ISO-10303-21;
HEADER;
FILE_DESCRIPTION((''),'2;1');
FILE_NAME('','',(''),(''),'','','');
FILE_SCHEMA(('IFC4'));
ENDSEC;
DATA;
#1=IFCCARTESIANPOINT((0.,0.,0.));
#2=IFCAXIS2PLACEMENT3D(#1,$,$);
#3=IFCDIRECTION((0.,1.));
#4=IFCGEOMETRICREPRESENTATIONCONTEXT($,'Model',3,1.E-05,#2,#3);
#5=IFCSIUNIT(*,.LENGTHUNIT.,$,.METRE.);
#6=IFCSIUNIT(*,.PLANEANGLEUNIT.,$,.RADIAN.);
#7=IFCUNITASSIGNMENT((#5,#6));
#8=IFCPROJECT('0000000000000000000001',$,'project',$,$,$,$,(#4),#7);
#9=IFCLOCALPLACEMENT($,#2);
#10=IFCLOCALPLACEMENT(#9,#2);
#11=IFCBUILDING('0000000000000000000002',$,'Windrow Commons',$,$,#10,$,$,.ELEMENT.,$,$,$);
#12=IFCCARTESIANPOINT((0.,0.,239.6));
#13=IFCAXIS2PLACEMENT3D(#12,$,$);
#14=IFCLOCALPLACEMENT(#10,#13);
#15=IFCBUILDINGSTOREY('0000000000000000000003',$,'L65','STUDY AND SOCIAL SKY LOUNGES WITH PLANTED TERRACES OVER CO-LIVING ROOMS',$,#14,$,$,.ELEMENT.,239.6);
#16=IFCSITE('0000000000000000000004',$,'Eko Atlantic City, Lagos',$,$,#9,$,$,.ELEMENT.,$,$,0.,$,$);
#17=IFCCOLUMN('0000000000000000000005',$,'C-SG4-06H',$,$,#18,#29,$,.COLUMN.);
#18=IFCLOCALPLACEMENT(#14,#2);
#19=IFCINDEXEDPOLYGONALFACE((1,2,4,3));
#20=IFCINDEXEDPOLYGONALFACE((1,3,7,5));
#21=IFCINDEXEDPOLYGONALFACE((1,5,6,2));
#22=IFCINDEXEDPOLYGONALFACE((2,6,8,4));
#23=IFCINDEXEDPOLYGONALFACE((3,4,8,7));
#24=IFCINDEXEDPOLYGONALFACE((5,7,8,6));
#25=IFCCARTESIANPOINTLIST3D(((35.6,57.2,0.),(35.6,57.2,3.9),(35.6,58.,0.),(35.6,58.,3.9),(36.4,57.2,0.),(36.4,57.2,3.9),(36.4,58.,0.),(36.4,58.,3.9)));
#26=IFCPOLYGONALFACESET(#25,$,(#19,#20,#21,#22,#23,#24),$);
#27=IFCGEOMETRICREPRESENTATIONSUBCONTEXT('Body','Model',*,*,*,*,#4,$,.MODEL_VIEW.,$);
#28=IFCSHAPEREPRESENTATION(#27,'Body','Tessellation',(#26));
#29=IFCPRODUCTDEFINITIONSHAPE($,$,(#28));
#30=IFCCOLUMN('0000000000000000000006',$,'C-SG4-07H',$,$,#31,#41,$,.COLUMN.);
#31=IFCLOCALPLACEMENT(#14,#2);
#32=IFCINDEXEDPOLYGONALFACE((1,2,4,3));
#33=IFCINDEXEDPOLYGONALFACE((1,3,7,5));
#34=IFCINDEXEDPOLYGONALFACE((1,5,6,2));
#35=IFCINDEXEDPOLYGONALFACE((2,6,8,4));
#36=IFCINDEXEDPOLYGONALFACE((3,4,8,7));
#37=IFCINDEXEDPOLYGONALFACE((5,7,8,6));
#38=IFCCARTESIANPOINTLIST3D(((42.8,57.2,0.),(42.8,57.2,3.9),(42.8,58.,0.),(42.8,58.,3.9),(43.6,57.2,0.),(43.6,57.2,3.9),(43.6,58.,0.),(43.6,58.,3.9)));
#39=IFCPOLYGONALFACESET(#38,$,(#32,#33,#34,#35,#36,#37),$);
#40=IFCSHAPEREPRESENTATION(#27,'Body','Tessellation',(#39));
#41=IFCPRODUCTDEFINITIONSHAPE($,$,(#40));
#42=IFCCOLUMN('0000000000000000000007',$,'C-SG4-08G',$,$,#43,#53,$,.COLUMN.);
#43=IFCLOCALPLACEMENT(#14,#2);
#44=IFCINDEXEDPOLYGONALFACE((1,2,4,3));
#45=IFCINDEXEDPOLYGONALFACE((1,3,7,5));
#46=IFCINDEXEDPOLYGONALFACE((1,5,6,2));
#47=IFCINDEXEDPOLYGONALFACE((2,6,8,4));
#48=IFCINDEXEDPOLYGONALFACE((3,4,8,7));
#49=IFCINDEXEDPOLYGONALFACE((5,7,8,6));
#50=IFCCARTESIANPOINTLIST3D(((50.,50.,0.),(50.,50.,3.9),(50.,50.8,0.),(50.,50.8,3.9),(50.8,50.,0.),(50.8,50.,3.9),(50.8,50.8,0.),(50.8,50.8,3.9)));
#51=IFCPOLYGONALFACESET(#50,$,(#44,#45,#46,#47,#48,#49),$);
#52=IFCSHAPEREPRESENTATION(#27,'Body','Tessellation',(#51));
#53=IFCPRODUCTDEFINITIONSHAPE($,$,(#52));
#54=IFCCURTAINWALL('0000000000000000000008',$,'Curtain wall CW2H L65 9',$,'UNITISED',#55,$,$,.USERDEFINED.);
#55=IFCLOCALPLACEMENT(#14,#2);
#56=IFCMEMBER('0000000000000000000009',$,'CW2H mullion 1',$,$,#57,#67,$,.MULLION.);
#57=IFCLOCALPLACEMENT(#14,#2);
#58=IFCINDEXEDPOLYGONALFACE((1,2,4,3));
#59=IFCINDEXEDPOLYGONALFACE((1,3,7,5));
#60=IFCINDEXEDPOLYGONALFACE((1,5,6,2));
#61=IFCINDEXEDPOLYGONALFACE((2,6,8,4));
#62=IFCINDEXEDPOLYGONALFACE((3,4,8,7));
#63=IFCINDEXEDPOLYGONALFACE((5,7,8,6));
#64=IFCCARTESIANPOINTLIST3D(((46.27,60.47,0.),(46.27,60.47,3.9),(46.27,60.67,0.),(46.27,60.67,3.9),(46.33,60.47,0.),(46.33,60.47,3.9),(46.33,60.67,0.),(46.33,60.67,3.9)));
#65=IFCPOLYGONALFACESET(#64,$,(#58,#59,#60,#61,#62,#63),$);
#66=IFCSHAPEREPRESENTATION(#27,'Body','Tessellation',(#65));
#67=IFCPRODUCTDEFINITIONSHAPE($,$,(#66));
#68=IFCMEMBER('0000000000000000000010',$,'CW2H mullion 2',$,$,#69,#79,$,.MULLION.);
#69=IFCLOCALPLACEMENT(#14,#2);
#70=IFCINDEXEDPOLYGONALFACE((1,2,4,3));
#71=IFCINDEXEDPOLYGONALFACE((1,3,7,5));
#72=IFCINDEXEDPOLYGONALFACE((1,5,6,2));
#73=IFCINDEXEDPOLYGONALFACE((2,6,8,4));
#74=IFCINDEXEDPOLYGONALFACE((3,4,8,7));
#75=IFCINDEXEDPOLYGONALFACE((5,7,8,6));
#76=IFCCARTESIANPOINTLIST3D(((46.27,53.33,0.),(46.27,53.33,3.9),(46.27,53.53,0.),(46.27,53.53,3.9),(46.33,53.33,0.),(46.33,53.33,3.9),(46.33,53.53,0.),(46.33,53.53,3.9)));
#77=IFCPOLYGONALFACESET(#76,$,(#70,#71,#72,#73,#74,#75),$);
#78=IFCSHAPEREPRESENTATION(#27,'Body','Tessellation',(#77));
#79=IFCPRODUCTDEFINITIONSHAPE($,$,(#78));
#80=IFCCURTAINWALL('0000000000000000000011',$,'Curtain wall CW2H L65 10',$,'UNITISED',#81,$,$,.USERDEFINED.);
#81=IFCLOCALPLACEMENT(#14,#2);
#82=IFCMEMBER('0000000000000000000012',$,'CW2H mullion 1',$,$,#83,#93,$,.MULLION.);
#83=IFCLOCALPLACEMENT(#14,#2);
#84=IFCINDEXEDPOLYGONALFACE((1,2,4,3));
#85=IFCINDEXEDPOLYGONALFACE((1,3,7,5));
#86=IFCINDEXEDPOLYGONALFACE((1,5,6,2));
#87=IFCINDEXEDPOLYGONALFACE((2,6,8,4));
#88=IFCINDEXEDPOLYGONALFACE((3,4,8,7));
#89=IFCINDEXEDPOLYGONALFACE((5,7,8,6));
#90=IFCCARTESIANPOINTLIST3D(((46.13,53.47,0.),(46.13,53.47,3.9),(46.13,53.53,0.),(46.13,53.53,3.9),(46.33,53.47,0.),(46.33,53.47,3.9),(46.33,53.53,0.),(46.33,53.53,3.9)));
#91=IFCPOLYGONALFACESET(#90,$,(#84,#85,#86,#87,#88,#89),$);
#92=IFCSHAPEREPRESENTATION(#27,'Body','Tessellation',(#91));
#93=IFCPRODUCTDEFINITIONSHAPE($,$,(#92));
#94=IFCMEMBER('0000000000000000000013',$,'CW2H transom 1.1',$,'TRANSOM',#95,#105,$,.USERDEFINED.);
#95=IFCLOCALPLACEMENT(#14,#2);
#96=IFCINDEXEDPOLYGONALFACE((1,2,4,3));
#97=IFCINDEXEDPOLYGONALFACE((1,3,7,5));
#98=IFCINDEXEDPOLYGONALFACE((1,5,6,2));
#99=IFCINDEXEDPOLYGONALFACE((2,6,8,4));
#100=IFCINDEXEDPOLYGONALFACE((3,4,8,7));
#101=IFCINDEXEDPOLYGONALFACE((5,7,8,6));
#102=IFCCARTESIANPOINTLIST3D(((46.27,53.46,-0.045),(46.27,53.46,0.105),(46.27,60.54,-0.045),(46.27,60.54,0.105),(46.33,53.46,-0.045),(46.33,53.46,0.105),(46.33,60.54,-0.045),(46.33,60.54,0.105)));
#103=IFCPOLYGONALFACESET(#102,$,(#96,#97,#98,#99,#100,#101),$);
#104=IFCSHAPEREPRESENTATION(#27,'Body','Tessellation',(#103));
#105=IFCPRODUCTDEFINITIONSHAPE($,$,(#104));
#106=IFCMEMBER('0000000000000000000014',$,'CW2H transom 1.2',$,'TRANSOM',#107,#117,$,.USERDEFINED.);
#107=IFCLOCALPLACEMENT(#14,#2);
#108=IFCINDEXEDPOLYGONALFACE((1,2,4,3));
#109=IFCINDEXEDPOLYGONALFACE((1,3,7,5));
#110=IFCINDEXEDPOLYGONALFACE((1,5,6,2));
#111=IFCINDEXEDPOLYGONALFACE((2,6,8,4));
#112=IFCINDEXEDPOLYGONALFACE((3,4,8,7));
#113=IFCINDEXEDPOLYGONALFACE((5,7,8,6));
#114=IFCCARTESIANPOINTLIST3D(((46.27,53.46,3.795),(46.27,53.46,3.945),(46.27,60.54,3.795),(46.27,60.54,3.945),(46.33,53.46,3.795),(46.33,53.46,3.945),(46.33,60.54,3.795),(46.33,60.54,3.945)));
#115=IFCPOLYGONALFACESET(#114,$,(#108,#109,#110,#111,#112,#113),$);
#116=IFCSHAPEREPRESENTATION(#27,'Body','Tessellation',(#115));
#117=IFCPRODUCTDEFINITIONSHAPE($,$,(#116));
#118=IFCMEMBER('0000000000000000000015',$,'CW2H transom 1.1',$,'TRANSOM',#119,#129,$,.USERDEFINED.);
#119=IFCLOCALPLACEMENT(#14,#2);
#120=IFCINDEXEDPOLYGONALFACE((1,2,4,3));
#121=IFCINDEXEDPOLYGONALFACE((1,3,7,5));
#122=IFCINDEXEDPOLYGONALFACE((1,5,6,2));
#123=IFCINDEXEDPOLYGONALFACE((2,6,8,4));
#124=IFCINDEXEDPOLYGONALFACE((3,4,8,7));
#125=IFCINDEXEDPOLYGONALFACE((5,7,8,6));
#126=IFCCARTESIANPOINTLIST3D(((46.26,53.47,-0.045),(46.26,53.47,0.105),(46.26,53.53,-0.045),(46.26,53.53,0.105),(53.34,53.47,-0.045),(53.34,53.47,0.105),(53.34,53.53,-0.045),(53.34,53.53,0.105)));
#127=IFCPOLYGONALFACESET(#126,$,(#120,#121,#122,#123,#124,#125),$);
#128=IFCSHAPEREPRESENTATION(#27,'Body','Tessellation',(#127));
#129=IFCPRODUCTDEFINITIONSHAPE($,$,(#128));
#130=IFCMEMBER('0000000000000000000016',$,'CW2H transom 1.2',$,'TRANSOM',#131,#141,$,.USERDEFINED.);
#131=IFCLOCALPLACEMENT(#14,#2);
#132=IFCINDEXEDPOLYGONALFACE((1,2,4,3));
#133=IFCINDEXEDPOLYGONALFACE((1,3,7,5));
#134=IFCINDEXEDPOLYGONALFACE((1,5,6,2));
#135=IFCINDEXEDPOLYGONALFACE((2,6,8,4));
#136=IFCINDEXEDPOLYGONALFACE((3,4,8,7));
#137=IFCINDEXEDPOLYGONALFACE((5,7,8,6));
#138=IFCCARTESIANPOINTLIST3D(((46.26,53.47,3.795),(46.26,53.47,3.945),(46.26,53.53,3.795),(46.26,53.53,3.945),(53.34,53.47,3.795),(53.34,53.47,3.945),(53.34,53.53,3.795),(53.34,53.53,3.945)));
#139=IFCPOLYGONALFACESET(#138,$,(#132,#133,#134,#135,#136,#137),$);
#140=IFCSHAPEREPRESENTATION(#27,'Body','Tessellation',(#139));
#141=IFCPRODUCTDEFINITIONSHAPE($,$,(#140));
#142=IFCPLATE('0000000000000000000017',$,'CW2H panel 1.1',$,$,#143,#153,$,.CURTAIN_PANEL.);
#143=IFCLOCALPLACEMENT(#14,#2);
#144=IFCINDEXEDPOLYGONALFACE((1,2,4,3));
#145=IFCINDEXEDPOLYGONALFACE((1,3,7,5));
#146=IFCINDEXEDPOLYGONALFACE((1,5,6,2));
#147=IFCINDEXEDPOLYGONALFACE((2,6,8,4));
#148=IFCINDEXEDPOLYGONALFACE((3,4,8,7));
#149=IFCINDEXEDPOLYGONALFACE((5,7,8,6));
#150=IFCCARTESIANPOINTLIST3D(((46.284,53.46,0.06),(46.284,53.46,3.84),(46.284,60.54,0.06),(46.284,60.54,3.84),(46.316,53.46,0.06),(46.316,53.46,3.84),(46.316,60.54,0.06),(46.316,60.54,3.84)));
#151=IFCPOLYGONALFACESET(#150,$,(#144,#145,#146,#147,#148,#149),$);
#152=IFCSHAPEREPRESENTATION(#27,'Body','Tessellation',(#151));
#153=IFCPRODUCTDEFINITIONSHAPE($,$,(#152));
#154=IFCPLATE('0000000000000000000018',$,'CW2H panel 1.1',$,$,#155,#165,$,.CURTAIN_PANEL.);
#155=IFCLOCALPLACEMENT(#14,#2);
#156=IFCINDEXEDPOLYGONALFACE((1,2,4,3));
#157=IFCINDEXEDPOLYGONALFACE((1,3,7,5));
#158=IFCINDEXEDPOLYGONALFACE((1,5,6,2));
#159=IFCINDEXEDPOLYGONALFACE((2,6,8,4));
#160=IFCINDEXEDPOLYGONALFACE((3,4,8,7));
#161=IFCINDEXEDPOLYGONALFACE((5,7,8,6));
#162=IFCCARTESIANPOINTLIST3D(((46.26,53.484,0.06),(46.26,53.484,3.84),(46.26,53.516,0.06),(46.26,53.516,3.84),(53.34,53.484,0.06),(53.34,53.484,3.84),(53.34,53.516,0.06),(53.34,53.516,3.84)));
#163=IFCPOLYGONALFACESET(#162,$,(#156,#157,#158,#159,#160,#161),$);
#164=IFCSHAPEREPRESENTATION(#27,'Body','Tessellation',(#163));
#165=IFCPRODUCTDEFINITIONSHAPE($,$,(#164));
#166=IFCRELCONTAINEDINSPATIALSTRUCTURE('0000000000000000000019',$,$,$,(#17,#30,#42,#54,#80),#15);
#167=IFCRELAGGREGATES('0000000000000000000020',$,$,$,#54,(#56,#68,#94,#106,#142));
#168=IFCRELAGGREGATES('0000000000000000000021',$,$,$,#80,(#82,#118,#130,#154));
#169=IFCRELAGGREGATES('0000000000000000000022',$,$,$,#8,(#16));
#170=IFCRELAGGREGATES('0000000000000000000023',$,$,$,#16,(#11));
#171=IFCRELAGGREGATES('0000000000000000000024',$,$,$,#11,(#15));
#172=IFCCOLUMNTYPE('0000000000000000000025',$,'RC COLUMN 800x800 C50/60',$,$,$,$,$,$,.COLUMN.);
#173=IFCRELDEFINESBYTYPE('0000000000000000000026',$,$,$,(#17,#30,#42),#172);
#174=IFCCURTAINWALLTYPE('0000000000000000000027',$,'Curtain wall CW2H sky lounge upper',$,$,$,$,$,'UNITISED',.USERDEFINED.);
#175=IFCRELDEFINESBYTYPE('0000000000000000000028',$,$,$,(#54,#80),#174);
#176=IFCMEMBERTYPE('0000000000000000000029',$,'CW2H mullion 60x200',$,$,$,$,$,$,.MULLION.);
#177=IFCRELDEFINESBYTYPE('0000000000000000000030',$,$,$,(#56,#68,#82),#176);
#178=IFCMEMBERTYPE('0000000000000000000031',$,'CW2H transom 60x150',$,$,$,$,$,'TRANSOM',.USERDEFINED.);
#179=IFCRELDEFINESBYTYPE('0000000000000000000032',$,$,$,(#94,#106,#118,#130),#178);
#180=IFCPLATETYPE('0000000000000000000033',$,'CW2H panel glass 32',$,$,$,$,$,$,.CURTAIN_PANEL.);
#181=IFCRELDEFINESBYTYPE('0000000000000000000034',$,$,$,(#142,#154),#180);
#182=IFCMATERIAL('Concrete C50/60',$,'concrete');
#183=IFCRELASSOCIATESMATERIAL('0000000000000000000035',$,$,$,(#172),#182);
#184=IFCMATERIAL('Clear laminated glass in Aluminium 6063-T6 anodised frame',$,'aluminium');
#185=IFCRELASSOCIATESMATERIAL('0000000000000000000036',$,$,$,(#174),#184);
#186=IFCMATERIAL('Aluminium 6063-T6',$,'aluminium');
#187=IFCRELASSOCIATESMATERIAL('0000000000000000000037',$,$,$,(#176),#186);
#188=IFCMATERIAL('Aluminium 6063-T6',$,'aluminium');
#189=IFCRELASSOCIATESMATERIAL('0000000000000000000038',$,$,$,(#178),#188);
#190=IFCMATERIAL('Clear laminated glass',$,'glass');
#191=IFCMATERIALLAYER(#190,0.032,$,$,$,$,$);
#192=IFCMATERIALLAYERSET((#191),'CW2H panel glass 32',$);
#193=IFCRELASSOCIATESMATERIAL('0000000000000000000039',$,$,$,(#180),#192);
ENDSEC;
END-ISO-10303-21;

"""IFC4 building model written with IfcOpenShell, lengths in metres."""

from ifc_helpers import new_model, si_unit, direction, frame, origin, origin_2d, place, context, subcontext, project, spatial, rectangle, extrude, material, layer, layer_set, material_profile, profile_set, type_object, element, aggregate, save


model = new_model("IFC4")

# Units and contexts
model_context = context("Model", 3, precision=1e-05, world=origin(), true_north=direction((0.0, 1.0)))
body_context = subcontext(model_context, "Body", "Model", "MODEL_VIEW")
ifc_project = project(units=[si_unit("LENGTHUNIT", "METRE"), si_unit("PLANEANGLEUNIT", "RADIAN")], contexts=[model_context])

# Site, building, storey
site_placement = place(None, origin())
site = spatial("IfcSite", under=ifc_project, at=site_placement, Name="Eko Atlantic City, Lagos", CompositionType="ELEMENT", RefElevation=0.0)
building_placement = place(site_placement, origin())
building = spatial("IfcBuilding", under=site, at=building_placement, Name="Windrow Commons", CompositionType="ELEMENT")
storey_placement = place(building_placement, frame((0.0, 0.0, 239.6)))
storey = spatial("IfcBuildingStorey", under=building, at=storey_placement, Name="L65", Description="STUDY AND SOCIAL SKY LOUNGES WITH PLANTED TERRACES OVER CO-LIVING ROOMS", CompositionType="ELEMENT", Elevation=239.6)

# Columns
ifc_material_1 = material(Name="Concrete C50/60", Category="concrete")
ifc_material_profile_1 = material_profile(ifc_material_1, rectangle(XDim=0.8, YDim=0.8, at=origin_2d()))
ifc_profile_set_1 = profile_set([ifc_material_profile_1], Name="Concrete C50/60")
column_type = type_object("IfcColumnType", Name="RC COLUMN 800x800 C50/60", PredefinedType="COLUMN", material=ifc_profile_set_1)
for number, where, z_axis, x_axis, name in (
    (1, (36.0, 57.6, 0.0), (0.0, 0.0, 1.0), (1.0, 0.0, 0.0), "C-SG4-06H"),
    (2, (43.2, 57.6, 0.0), (0.0, 0.0, 1.0), (1.0, 0.0, 0.0), "C-SG4-07H"),
    (3, (50.4, 50.4, 0.0), (0.0, 0.0, 1.0), (1.0, 0.0, 0.0), "C-SG4-08G"),
):
    element("IfcColumn", number, at=place(storey_placement, frame(where, z_axis=z_axis, x_axis=x_axis)), inside=storey, type_object=column_type, Name=name, PredefinedType="COLUMN", context=body_context, shape_type="SweptSolid", body=[
        extrude(rectangle(XDim=0.8, YDim=0.8, at=origin_2d()), origin(), (0.0, 0.0, 1.0), 3.9),
    ])

# Curtain wall, members
ifc_material_2 = material(Name="Clear laminated glass in Aluminium 6063-T6 anodised frame", Category="aluminium")
curtain_wall_type = type_object("IfcCurtainWallType", Name="Curtain wall CW2H sky lounge upper", ElementType="UNITISED", PredefinedType="USERDEFINED", material=ifc_material_2)
placement = place(storey_placement, origin())
curtain_wall_1 = element("IfcCurtainWall", 4, at=placement, inside=storey, type_object=curtain_wall_type, Name="Curtain wall CW2H L65 9", ObjectType="UNITISED", PredefinedType="USERDEFINED")
ifc_material_3 = material(Name="Aluminium 6063-T6", Category="aluminium")
ifc_material_profile_2 = material_profile(ifc_material_3, rectangle(XDim=0.06, YDim=0.2, at=origin_2d()))
ifc_profile_set_2 = profile_set([ifc_material_profile_2], Name="Aluminium 6063-T6")
member_type_1 = type_object("IfcMemberType", Name="CW2H mullion 60x200", PredefinedType="MULLION", material=ifc_profile_set_2)
member_1_placement = place(storey_placement, frame((46.3, 60.57, 0.0), z_axis=(0.0, 0.0, 1.0), x_axis=(1.0, 0.0, 0.0)))
member_1 = element("IfcMember", 5, at=member_1_placement, type_object=member_type_1, Name="CW2H mullion 1", PredefinedType="MULLION", context=body_context, shape_type="SweptSolid", body=[
    extrude(rectangle(XDim=0.06, YDim=0.2, at=origin_2d()), origin(), (0.0, 0.0, 1.0), 3.9),
])
member_2_placement = place(storey_placement, frame((46.3, 53.43, 0.0), z_axis=(0.0, 0.0, 1.0), x_axis=(1.0, 0.0, 0.0)))
member_2 = element("IfcMember", 6, at=member_2_placement, type_object=member_type_1, Name="CW2H mullion 2", PredefinedType="MULLION", context=body_context, shape_type="SweptSolid", body=[
    extrude(rectangle(XDim=0.06, YDim=0.2, at=origin_2d()), origin(), (0.0, 0.0, 1.0), 3.9),
])

# Curtain wall, member
curtain_wall_2 = element("IfcCurtainWall", 7, at=placement, inside=storey, type_object=curtain_wall_type, Name="Curtain wall CW2H L65 10", ObjectType="UNITISED", PredefinedType="USERDEFINED")
member_3_placement = place(storey_placement, frame((46.23, 53.5, 0.0), z_axis=(0.0, 0.0, 1.0), x_axis=(0.0, 1.0, 0.0)))
member_3 = element("IfcMember", 8, at=member_3_placement, type_object=member_type_1, Name="CW2H mullion 1", PredefinedType="MULLION", context=body_context, shape_type="SweptSolid", body=[
    extrude(rectangle(XDim=0.06, YDim=0.2, at=origin_2d()), origin(), (0.0, 0.0, 1.0), 3.9),
])

# Members
ifc_material_4 = material(Name="Aluminium 6063-T6", Category="aluminium")
ifc_material_profile_3 = material_profile(ifc_material_4, rectangle(XDim=0.06, YDim=0.15, at=origin_2d()))
ifc_profile_set_3 = profile_set([ifc_material_profile_3], Name="Aluminium 6063-T6")
member_type_2 = type_object("IfcMemberType", Name="CW2H transom 60x150", ElementType="TRANSOM", PredefinedType="USERDEFINED", material=ifc_profile_set_3)
member_4_placement = place(storey_placement, frame((46.3, 60.54, 0.03), z_axis=(0.0, -1.0, 0.0), x_axis=(1.0, 0.0, 0.0)))
member_4 = element("IfcMember", 9, at=member_4_placement, type_object=member_type_2, Name="CW2H transom 1.1", ObjectType="TRANSOM", PredefinedType="USERDEFINED", context=body_context, shape_type="SweptSolid", body=[
    extrude(rectangle(XDim=0.06, YDim=0.15, at=origin_2d()), origin(), (0.0, 0.0, 1.0), 7.08),
])
member_5_placement = place(storey_placement, frame((46.3, 60.54, 3.87), z_axis=(0.0, -1.0, 0.0), x_axis=(1.0, 0.0, 0.0)))
member_5 = element("IfcMember", 10, at=member_5_placement, type_object=member_type_2, Name="CW2H transom 1.2", ObjectType="TRANSOM", PredefinedType="USERDEFINED", context=body_context, shape_type="SweptSolid", body=[
    extrude(rectangle(XDim=0.06, YDim=0.15, at=origin_2d()), origin(), (0.0, 0.0, 1.0), 7.08),
])
member_6_placement = place(storey_placement, frame((46.26, 53.5, 0.03), z_axis=(1.0, 0.0, 0.0), x_axis=(0.0, 1.0, 0.0)))
member_6 = element("IfcMember", 11, at=member_6_placement, type_object=member_type_2, Name="CW2H transom 1.1", ObjectType="TRANSOM", PredefinedType="USERDEFINED", context=body_context, shape_type="SweptSolid", body=[
    extrude(rectangle(XDim=0.06, YDim=0.15, at=origin_2d()), origin(), (0.0, 0.0, 1.0), 7.08),
])
member_7_placement = place(storey_placement, frame((46.26, 53.5, 3.87), z_axis=(1.0, 0.0, 0.0), x_axis=(0.0, 1.0, 0.0)))
member_7 = element("IfcMember", 12, at=member_7_placement, type_object=member_type_2, Name="CW2H transom 1.2", ObjectType="TRANSOM", PredefinedType="USERDEFINED", context=body_context, shape_type="SweptSolid", body=[
    extrude(rectangle(XDim=0.06, YDim=0.15, at=origin_2d()), origin(), (0.0, 0.0, 1.0), 7.08),
])

# Plates
ifc_material_5 = material(Name="Clear laminated glass", Category="glass")
ifc_layer_1 = layer(ifc_material_5, 0.032)
ifc_layer_set_1 = layer_set([ifc_layer_1], Name="CW2H panel glass 32")
plate_type = type_object("IfcPlateType", Name="CW2H panel glass 32", PredefinedType="CURTAIN_PANEL", material=ifc_layer_set_1)
plate_1_placement = place(storey_placement, frame((46.3, 57.0, 0.06), z_axis=(0.0, 0.0, 1.0), x_axis=(0.0, -1.0, 0.0)))
plate_1 = element("IfcPlate", 13, at=plate_1_placement, type_object=plate_type, Name="CW2H panel 1.1", PredefinedType="CURTAIN_PANEL", context=body_context, shape_type="SweptSolid", body=[
    extrude(rectangle(XDim=7.08, YDim=0.032, at=origin_2d()), origin(), (0.0, 0.0, 1.0), 3.78),
])
aggregate(curtain_wall_1, [member_1, member_2, member_4, member_5, plate_1])
plate_2_placement = place(storey_placement, frame((49.8, 53.5, 0.06), z_axis=(0.0, 0.0, 1.0), x_axis=(1.0, 0.0, 0.0)))
plate_2 = element("IfcPlate", 14, at=plate_2_placement, type_object=plate_type, Name="CW2H panel 1.1", PredefinedType="CURTAIN_PANEL", context=body_context, shape_type="SweptSolid", body=[
    extrude(rectangle(XDim=7.08, YDim=0.032, at=origin_2d()), origin(), (0.0, 0.0, 1.0), 3.78),
])
aggregate(curtain_wall_2, [member_3, member_6, member_7, plate_2])

save(model, "model.ifc")
